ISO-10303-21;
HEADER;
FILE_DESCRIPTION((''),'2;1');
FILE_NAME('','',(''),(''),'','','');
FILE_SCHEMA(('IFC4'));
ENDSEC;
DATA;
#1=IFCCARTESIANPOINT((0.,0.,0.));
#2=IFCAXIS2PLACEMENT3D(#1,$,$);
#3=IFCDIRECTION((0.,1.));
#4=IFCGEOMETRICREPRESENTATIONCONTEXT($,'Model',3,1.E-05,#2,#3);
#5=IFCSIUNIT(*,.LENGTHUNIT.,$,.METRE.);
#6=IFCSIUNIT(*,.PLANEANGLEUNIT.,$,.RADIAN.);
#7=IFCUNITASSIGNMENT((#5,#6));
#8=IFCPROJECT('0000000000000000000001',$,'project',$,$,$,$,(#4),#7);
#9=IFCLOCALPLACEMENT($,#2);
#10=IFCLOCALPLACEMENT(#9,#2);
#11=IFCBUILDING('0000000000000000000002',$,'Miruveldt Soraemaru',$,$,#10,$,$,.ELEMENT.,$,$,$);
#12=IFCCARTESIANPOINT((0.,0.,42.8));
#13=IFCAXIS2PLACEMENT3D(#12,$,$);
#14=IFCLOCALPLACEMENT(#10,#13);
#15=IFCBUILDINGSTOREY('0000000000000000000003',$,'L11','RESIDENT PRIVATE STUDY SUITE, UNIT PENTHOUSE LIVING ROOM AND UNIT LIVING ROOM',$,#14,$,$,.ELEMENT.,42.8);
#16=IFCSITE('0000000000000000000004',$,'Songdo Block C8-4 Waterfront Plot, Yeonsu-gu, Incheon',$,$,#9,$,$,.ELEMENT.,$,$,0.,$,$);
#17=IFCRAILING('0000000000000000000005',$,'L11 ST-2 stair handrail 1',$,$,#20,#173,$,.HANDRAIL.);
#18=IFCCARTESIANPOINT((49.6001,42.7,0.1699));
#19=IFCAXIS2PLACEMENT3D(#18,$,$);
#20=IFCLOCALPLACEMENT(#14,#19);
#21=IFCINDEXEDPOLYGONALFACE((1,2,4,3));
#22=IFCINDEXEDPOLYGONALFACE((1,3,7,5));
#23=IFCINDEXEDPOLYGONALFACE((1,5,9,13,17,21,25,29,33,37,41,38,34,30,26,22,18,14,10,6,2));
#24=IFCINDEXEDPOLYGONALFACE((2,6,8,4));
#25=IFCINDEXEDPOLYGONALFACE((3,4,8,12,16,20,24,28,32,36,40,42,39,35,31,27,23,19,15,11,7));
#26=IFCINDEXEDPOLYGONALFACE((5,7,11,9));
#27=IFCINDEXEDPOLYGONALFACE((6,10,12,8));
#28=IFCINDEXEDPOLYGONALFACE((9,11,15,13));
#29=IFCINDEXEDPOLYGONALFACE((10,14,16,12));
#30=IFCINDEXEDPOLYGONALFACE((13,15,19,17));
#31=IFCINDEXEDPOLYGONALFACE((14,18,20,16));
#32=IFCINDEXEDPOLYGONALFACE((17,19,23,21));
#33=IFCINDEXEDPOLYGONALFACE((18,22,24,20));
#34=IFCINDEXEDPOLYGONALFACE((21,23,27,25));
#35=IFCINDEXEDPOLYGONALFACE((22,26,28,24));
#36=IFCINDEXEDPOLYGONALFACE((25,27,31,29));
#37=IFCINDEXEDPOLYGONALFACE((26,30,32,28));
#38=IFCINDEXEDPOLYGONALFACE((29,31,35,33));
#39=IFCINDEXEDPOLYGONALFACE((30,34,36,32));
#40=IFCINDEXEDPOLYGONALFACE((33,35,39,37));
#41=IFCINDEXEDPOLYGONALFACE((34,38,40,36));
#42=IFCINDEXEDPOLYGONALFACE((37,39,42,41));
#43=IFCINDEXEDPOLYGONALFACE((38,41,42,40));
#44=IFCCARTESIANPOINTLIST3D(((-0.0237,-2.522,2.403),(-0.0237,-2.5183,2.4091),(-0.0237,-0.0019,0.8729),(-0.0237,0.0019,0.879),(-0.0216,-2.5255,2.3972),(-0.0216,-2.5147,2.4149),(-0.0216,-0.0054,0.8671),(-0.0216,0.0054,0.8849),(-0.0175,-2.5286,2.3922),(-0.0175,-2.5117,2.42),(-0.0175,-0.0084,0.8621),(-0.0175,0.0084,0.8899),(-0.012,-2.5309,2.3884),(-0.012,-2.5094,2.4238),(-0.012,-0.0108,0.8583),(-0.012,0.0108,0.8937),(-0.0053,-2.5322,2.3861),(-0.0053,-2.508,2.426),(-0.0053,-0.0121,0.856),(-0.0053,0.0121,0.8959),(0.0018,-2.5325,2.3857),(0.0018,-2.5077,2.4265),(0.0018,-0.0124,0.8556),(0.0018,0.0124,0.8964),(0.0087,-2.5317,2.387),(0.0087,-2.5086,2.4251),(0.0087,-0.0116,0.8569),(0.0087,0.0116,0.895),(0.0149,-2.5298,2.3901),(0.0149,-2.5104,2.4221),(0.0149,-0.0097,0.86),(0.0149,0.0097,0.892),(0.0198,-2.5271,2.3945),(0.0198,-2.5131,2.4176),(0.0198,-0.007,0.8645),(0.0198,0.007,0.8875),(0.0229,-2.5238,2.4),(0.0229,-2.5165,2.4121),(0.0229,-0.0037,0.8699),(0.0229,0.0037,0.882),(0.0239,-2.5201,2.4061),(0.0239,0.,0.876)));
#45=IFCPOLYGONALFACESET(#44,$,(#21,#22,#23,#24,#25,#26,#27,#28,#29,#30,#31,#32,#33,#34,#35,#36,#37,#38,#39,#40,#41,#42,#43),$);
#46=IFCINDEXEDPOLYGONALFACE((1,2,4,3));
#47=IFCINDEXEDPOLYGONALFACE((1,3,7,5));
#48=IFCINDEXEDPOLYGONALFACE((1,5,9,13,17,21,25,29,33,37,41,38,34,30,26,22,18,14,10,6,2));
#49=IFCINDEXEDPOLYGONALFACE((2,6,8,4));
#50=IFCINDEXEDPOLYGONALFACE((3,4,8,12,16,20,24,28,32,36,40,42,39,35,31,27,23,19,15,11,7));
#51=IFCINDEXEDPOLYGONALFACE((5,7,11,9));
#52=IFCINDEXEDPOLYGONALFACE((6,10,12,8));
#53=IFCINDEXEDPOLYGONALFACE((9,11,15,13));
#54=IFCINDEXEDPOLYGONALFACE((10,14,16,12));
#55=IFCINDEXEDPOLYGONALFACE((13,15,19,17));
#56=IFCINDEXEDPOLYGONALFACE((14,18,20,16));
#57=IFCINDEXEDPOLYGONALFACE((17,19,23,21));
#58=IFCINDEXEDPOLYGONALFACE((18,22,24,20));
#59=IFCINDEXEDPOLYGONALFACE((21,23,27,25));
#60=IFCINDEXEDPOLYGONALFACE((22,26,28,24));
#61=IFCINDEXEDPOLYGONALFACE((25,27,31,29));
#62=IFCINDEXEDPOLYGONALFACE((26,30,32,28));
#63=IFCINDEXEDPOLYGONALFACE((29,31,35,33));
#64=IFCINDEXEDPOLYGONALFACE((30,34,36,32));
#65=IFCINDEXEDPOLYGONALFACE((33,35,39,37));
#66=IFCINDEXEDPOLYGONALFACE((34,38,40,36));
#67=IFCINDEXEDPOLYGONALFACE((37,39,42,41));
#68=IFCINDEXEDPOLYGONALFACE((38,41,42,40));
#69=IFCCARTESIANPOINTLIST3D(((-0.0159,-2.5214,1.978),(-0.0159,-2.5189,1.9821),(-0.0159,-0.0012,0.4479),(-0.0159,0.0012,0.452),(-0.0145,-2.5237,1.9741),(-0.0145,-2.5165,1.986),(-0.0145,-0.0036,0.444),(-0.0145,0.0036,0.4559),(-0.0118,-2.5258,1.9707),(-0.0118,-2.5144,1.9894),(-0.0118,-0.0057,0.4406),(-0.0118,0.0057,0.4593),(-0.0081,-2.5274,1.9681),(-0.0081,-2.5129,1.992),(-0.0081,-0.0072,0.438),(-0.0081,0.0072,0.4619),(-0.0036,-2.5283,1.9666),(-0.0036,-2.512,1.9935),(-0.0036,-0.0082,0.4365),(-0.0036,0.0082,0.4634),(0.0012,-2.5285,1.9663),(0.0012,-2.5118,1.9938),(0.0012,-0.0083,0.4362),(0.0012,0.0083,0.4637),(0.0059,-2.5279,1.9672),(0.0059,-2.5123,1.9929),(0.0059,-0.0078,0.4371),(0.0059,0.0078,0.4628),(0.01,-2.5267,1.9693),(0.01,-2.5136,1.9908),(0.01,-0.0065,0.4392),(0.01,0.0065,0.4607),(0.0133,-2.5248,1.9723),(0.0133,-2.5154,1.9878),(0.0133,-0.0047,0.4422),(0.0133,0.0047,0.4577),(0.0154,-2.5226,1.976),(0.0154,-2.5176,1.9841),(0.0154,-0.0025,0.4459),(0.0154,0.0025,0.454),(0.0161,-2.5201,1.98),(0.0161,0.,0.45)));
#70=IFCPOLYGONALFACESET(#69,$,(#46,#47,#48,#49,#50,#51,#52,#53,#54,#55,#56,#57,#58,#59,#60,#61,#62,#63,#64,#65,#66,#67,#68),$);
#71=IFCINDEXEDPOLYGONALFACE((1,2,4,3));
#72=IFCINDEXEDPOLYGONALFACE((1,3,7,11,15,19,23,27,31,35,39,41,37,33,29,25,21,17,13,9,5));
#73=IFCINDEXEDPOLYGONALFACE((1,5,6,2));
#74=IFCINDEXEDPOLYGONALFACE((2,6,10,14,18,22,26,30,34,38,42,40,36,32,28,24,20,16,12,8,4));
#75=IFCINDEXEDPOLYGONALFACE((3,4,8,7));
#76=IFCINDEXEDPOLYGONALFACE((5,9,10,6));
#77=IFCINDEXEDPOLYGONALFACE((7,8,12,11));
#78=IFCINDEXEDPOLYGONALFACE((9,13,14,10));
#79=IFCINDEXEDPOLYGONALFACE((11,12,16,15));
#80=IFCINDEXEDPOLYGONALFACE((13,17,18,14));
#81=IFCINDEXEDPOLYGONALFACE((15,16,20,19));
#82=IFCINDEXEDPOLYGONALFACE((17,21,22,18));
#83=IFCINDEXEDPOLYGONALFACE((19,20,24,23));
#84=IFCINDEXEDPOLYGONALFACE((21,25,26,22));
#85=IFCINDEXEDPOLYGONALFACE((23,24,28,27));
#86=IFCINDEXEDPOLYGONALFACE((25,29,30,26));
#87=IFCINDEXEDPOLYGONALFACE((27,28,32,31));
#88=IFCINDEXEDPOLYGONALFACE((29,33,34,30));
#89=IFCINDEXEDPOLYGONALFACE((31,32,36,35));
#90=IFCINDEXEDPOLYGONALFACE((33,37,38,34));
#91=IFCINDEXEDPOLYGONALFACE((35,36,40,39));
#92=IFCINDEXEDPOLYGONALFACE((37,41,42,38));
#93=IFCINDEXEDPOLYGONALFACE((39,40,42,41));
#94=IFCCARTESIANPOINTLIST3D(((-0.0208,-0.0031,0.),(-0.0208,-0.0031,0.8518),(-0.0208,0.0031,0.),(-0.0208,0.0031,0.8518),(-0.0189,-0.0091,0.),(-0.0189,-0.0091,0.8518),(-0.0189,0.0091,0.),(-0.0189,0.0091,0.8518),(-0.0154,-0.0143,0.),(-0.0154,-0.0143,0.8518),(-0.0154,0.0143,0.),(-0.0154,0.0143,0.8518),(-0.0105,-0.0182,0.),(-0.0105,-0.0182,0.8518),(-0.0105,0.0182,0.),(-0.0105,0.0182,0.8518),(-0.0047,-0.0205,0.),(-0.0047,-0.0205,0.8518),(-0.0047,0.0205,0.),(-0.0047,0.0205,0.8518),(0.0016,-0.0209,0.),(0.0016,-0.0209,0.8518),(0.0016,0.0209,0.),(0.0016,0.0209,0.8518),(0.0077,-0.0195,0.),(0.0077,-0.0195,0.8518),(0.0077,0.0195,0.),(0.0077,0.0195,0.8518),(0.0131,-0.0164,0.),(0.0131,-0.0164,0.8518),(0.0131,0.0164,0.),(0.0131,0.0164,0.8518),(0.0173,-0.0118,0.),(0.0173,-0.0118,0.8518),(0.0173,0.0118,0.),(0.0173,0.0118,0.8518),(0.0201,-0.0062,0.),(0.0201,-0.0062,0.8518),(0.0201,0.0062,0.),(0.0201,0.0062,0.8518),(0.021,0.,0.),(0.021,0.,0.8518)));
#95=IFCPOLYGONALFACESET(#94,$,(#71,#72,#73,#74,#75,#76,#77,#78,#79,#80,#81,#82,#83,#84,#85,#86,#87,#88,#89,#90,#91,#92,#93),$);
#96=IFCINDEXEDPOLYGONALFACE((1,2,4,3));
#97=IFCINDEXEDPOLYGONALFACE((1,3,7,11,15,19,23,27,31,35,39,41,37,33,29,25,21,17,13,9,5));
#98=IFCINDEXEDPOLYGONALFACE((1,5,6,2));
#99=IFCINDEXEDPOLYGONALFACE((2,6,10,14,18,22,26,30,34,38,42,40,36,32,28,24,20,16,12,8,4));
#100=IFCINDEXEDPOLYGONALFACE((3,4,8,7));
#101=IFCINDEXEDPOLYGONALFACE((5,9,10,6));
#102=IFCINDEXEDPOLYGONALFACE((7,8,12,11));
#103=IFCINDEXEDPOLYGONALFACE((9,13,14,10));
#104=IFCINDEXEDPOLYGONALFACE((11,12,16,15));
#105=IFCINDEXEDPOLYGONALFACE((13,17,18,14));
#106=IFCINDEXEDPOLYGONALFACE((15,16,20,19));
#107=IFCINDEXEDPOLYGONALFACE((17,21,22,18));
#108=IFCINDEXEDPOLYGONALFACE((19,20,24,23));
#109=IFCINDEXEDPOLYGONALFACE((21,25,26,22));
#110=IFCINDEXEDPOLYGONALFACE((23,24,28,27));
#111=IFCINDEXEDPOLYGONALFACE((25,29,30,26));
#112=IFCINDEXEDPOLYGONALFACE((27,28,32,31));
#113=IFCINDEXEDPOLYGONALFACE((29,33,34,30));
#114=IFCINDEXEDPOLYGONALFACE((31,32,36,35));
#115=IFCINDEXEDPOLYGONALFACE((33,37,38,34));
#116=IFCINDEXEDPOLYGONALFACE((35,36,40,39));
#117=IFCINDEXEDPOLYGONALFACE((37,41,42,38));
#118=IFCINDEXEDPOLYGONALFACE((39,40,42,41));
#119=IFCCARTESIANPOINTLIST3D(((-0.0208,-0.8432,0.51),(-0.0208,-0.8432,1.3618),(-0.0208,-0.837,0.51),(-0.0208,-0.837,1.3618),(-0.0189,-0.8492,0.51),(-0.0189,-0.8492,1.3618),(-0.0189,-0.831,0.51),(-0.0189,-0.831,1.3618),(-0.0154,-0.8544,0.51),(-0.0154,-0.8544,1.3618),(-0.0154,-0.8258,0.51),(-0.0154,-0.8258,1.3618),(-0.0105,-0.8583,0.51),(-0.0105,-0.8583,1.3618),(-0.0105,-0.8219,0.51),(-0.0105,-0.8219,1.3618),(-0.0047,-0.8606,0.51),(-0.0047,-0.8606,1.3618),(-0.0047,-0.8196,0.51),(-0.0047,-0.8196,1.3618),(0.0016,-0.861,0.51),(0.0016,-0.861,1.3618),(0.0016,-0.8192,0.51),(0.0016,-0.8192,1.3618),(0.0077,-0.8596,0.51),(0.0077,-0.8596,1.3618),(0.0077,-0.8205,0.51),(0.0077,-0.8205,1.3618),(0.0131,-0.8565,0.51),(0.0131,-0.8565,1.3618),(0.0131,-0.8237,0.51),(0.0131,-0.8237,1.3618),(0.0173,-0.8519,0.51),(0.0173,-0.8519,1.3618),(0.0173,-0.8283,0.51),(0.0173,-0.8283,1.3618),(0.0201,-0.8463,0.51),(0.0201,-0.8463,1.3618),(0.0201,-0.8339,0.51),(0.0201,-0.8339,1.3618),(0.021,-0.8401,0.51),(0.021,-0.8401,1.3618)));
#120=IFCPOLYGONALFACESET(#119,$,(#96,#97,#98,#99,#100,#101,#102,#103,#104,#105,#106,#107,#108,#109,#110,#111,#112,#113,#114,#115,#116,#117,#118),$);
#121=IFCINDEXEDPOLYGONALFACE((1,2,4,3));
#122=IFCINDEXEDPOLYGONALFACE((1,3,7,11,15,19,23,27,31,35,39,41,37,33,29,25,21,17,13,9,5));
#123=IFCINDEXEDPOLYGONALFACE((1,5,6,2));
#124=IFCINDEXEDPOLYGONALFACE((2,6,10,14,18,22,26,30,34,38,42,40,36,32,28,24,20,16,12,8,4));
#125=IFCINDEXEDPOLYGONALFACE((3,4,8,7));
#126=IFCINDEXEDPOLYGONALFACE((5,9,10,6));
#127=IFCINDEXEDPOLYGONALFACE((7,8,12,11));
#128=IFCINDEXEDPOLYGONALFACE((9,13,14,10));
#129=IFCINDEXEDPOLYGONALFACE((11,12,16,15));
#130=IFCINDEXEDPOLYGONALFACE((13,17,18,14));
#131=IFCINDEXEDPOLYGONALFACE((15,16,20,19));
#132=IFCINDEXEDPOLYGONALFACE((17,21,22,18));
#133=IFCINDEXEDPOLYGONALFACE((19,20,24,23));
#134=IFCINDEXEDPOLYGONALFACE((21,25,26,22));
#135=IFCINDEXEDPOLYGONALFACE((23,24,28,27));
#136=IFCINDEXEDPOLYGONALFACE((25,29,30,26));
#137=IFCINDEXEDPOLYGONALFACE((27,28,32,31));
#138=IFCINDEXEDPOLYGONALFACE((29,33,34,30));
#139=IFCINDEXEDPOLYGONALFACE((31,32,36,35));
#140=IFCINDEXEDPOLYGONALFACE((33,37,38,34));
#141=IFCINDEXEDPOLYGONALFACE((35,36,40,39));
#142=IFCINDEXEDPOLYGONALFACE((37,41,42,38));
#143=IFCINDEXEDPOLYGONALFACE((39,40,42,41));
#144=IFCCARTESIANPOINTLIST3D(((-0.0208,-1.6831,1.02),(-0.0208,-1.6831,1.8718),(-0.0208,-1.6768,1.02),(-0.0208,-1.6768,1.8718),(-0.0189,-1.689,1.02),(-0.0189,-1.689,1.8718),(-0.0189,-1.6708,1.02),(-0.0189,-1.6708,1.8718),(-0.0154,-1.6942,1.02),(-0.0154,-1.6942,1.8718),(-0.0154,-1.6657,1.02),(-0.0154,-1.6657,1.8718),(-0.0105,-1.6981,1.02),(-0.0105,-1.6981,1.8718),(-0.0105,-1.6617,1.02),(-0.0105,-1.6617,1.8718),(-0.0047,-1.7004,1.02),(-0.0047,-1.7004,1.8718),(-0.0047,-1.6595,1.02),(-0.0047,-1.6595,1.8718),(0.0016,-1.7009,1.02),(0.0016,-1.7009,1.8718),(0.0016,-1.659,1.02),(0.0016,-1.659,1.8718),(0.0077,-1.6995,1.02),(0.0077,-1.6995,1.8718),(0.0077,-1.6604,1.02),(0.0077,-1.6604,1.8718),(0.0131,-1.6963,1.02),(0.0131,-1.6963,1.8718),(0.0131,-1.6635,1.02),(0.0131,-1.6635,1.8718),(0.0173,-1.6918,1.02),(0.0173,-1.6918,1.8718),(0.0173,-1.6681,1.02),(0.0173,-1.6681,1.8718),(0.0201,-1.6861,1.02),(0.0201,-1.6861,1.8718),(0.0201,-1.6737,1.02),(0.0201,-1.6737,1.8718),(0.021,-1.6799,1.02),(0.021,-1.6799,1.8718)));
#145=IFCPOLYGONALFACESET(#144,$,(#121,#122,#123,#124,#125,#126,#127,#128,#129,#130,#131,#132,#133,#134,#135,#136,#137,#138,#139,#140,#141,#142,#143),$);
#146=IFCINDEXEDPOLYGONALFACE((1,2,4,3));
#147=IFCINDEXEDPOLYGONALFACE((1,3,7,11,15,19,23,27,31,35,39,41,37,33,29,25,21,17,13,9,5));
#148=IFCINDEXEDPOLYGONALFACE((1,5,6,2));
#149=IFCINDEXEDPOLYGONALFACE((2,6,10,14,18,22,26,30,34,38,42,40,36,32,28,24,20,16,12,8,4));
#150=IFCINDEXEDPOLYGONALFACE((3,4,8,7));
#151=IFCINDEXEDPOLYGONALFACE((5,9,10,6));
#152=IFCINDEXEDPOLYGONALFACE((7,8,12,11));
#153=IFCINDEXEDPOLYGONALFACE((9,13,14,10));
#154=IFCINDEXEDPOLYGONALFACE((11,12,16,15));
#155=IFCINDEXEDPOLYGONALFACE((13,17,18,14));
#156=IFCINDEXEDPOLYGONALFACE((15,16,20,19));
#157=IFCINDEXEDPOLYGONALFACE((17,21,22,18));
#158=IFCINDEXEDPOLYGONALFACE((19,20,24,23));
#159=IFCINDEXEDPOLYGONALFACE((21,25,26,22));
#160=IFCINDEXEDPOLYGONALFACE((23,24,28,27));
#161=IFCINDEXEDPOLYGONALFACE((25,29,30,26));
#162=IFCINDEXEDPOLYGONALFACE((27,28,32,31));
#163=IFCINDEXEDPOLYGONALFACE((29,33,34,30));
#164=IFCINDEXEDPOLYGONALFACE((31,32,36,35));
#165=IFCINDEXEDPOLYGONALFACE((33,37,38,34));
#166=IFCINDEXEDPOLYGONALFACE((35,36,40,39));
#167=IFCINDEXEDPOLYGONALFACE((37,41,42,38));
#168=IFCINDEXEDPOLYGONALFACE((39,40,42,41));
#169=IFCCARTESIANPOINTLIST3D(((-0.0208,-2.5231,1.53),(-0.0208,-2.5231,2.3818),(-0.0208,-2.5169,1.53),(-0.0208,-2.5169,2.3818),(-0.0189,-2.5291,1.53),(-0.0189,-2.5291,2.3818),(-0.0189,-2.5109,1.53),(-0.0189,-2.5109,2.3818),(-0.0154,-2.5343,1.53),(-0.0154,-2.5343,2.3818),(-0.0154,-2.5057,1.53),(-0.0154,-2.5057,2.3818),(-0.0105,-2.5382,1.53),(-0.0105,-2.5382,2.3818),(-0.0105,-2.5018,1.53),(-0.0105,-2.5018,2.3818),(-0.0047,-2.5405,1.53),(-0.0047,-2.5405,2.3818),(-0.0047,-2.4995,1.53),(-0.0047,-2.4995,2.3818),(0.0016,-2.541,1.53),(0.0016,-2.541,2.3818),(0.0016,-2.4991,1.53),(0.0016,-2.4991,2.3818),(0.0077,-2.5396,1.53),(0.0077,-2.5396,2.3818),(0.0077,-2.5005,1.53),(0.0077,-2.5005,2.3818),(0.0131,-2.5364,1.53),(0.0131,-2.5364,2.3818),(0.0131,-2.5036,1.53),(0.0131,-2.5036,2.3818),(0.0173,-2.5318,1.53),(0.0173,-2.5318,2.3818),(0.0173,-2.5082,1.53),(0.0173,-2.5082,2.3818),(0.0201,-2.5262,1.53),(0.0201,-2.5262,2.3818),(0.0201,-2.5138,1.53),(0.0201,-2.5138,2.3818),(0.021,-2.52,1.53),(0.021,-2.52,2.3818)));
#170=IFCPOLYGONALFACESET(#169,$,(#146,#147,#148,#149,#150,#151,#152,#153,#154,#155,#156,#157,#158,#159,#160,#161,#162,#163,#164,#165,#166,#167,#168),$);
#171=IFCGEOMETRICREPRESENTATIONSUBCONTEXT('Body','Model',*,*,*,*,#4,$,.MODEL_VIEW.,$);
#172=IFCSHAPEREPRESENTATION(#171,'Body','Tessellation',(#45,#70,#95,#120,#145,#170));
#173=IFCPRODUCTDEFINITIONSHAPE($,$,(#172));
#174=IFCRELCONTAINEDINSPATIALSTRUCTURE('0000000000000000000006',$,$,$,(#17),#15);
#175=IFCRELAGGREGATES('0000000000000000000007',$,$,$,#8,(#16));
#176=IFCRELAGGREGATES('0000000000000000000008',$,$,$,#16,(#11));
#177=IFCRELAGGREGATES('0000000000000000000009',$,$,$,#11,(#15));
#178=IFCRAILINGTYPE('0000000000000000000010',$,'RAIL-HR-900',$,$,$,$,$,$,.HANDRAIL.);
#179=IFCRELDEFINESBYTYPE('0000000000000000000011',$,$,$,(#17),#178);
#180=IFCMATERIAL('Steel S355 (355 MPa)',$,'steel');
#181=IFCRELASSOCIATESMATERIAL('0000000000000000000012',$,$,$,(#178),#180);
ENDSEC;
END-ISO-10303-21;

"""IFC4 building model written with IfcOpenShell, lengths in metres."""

from ifc_helpers import new_model, si_unit, direction, frame, origin, origin_2d, place, context, subcontext, project, spatial, circle, extrude, material, type_object, element, save


model = new_model("IFC4")

# Units and contexts
model_context = context("Model", 3, precision=1e-05, world=origin(), true_north=direction((0.0, 1.0)))
body_context = subcontext(model_context, "Body", "Model", "MODEL_VIEW")
ifc_project = project(units=[si_unit("LENGTHUNIT", "METRE"), si_unit("PLANEANGLEUNIT", "RADIAN")], contexts=[model_context])

# Site, building, storey
site_placement = place(None, origin())
site = spatial("IfcSite", under=ifc_project, at=site_placement, Name="Songdo Block C8-4 Waterfront Plot, Yeonsu-gu, Incheon", CompositionType="ELEMENT", RefElevation=0.0)
building_placement = place(site_placement, origin())
building = spatial("IfcBuilding", under=site, at=building_placement, Name="Miruveldt Soraemaru", CompositionType="ELEMENT")
storey_placement = place(building_placement, frame((0.0, 0.0, 42.8)))
storey = spatial("IfcBuildingStorey", under=building, at=storey_placement, Name="L11", Description="RESIDENT PRIVATE STUDY SUITE, UNIT PENTHOUSE LIVING ROOM AND UNIT LIVING ROOM", CompositionType="ELEMENT", Elevation=42.8)

# Railing
ifc_material_1 = material(Name="Steel S355 (355 MPa)", Category="steel")
railing_type_1 = type_object("IfcRailingType", Name="RAIL-HR-900", PredefinedType="HANDRAIL", material=ifc_material_1)
railing_1_placement = place(storey_placement, frame((49.6001, 42.7, 0.1699)))
element("IfcRailing", 1, at=railing_1_placement, inside=storey, type_object=railing_type_1, Name="L11 ST-2 stair handrail 1", PredefinedType="HANDRAIL", context=body_context, shape_type="SweptSolid", body=[
    extrude(circle(Radius=0.0239, at=origin_2d()), frame((0.0, 0.0, 0.876), z_axis=(0.0, -0.854785, 0.518982), x_axis=(1.0, 0.0, 0.0)), (0.0, 0.0, 1.0), 2.9482),
    extrude(circle(Radius=0.0161, at=origin_2d()), frame((0.0, 0.0, 0.45), z_axis=(0.0, -0.854785, 0.518982), x_axis=(1.0, 0.0, 0.0)), (0.0, 0.0, 1.0), 2.9482),
    extrude(circle(Radius=0.021, at=origin_2d()), origin(), (0.0, 0.0, 1.0), 0.8518),
    extrude(circle(Radius=0.021, at=origin_2d()), frame((0.0, -0.8401, 0.51)), (0.0, 0.0, 1.0), 0.8518),
    extrude(circle(Radius=0.021, at=origin_2d()), frame((0.0, -1.6799, 1.02)), (0.0, 0.0, 1.0), 0.8518),
    extrude(circle(Radius=0.021, at=origin_2d()), frame((0.0, -2.52, 1.53)), (0.0, 0.0, 1.0), 0.8518),
])

save(model, "model.ifc")
